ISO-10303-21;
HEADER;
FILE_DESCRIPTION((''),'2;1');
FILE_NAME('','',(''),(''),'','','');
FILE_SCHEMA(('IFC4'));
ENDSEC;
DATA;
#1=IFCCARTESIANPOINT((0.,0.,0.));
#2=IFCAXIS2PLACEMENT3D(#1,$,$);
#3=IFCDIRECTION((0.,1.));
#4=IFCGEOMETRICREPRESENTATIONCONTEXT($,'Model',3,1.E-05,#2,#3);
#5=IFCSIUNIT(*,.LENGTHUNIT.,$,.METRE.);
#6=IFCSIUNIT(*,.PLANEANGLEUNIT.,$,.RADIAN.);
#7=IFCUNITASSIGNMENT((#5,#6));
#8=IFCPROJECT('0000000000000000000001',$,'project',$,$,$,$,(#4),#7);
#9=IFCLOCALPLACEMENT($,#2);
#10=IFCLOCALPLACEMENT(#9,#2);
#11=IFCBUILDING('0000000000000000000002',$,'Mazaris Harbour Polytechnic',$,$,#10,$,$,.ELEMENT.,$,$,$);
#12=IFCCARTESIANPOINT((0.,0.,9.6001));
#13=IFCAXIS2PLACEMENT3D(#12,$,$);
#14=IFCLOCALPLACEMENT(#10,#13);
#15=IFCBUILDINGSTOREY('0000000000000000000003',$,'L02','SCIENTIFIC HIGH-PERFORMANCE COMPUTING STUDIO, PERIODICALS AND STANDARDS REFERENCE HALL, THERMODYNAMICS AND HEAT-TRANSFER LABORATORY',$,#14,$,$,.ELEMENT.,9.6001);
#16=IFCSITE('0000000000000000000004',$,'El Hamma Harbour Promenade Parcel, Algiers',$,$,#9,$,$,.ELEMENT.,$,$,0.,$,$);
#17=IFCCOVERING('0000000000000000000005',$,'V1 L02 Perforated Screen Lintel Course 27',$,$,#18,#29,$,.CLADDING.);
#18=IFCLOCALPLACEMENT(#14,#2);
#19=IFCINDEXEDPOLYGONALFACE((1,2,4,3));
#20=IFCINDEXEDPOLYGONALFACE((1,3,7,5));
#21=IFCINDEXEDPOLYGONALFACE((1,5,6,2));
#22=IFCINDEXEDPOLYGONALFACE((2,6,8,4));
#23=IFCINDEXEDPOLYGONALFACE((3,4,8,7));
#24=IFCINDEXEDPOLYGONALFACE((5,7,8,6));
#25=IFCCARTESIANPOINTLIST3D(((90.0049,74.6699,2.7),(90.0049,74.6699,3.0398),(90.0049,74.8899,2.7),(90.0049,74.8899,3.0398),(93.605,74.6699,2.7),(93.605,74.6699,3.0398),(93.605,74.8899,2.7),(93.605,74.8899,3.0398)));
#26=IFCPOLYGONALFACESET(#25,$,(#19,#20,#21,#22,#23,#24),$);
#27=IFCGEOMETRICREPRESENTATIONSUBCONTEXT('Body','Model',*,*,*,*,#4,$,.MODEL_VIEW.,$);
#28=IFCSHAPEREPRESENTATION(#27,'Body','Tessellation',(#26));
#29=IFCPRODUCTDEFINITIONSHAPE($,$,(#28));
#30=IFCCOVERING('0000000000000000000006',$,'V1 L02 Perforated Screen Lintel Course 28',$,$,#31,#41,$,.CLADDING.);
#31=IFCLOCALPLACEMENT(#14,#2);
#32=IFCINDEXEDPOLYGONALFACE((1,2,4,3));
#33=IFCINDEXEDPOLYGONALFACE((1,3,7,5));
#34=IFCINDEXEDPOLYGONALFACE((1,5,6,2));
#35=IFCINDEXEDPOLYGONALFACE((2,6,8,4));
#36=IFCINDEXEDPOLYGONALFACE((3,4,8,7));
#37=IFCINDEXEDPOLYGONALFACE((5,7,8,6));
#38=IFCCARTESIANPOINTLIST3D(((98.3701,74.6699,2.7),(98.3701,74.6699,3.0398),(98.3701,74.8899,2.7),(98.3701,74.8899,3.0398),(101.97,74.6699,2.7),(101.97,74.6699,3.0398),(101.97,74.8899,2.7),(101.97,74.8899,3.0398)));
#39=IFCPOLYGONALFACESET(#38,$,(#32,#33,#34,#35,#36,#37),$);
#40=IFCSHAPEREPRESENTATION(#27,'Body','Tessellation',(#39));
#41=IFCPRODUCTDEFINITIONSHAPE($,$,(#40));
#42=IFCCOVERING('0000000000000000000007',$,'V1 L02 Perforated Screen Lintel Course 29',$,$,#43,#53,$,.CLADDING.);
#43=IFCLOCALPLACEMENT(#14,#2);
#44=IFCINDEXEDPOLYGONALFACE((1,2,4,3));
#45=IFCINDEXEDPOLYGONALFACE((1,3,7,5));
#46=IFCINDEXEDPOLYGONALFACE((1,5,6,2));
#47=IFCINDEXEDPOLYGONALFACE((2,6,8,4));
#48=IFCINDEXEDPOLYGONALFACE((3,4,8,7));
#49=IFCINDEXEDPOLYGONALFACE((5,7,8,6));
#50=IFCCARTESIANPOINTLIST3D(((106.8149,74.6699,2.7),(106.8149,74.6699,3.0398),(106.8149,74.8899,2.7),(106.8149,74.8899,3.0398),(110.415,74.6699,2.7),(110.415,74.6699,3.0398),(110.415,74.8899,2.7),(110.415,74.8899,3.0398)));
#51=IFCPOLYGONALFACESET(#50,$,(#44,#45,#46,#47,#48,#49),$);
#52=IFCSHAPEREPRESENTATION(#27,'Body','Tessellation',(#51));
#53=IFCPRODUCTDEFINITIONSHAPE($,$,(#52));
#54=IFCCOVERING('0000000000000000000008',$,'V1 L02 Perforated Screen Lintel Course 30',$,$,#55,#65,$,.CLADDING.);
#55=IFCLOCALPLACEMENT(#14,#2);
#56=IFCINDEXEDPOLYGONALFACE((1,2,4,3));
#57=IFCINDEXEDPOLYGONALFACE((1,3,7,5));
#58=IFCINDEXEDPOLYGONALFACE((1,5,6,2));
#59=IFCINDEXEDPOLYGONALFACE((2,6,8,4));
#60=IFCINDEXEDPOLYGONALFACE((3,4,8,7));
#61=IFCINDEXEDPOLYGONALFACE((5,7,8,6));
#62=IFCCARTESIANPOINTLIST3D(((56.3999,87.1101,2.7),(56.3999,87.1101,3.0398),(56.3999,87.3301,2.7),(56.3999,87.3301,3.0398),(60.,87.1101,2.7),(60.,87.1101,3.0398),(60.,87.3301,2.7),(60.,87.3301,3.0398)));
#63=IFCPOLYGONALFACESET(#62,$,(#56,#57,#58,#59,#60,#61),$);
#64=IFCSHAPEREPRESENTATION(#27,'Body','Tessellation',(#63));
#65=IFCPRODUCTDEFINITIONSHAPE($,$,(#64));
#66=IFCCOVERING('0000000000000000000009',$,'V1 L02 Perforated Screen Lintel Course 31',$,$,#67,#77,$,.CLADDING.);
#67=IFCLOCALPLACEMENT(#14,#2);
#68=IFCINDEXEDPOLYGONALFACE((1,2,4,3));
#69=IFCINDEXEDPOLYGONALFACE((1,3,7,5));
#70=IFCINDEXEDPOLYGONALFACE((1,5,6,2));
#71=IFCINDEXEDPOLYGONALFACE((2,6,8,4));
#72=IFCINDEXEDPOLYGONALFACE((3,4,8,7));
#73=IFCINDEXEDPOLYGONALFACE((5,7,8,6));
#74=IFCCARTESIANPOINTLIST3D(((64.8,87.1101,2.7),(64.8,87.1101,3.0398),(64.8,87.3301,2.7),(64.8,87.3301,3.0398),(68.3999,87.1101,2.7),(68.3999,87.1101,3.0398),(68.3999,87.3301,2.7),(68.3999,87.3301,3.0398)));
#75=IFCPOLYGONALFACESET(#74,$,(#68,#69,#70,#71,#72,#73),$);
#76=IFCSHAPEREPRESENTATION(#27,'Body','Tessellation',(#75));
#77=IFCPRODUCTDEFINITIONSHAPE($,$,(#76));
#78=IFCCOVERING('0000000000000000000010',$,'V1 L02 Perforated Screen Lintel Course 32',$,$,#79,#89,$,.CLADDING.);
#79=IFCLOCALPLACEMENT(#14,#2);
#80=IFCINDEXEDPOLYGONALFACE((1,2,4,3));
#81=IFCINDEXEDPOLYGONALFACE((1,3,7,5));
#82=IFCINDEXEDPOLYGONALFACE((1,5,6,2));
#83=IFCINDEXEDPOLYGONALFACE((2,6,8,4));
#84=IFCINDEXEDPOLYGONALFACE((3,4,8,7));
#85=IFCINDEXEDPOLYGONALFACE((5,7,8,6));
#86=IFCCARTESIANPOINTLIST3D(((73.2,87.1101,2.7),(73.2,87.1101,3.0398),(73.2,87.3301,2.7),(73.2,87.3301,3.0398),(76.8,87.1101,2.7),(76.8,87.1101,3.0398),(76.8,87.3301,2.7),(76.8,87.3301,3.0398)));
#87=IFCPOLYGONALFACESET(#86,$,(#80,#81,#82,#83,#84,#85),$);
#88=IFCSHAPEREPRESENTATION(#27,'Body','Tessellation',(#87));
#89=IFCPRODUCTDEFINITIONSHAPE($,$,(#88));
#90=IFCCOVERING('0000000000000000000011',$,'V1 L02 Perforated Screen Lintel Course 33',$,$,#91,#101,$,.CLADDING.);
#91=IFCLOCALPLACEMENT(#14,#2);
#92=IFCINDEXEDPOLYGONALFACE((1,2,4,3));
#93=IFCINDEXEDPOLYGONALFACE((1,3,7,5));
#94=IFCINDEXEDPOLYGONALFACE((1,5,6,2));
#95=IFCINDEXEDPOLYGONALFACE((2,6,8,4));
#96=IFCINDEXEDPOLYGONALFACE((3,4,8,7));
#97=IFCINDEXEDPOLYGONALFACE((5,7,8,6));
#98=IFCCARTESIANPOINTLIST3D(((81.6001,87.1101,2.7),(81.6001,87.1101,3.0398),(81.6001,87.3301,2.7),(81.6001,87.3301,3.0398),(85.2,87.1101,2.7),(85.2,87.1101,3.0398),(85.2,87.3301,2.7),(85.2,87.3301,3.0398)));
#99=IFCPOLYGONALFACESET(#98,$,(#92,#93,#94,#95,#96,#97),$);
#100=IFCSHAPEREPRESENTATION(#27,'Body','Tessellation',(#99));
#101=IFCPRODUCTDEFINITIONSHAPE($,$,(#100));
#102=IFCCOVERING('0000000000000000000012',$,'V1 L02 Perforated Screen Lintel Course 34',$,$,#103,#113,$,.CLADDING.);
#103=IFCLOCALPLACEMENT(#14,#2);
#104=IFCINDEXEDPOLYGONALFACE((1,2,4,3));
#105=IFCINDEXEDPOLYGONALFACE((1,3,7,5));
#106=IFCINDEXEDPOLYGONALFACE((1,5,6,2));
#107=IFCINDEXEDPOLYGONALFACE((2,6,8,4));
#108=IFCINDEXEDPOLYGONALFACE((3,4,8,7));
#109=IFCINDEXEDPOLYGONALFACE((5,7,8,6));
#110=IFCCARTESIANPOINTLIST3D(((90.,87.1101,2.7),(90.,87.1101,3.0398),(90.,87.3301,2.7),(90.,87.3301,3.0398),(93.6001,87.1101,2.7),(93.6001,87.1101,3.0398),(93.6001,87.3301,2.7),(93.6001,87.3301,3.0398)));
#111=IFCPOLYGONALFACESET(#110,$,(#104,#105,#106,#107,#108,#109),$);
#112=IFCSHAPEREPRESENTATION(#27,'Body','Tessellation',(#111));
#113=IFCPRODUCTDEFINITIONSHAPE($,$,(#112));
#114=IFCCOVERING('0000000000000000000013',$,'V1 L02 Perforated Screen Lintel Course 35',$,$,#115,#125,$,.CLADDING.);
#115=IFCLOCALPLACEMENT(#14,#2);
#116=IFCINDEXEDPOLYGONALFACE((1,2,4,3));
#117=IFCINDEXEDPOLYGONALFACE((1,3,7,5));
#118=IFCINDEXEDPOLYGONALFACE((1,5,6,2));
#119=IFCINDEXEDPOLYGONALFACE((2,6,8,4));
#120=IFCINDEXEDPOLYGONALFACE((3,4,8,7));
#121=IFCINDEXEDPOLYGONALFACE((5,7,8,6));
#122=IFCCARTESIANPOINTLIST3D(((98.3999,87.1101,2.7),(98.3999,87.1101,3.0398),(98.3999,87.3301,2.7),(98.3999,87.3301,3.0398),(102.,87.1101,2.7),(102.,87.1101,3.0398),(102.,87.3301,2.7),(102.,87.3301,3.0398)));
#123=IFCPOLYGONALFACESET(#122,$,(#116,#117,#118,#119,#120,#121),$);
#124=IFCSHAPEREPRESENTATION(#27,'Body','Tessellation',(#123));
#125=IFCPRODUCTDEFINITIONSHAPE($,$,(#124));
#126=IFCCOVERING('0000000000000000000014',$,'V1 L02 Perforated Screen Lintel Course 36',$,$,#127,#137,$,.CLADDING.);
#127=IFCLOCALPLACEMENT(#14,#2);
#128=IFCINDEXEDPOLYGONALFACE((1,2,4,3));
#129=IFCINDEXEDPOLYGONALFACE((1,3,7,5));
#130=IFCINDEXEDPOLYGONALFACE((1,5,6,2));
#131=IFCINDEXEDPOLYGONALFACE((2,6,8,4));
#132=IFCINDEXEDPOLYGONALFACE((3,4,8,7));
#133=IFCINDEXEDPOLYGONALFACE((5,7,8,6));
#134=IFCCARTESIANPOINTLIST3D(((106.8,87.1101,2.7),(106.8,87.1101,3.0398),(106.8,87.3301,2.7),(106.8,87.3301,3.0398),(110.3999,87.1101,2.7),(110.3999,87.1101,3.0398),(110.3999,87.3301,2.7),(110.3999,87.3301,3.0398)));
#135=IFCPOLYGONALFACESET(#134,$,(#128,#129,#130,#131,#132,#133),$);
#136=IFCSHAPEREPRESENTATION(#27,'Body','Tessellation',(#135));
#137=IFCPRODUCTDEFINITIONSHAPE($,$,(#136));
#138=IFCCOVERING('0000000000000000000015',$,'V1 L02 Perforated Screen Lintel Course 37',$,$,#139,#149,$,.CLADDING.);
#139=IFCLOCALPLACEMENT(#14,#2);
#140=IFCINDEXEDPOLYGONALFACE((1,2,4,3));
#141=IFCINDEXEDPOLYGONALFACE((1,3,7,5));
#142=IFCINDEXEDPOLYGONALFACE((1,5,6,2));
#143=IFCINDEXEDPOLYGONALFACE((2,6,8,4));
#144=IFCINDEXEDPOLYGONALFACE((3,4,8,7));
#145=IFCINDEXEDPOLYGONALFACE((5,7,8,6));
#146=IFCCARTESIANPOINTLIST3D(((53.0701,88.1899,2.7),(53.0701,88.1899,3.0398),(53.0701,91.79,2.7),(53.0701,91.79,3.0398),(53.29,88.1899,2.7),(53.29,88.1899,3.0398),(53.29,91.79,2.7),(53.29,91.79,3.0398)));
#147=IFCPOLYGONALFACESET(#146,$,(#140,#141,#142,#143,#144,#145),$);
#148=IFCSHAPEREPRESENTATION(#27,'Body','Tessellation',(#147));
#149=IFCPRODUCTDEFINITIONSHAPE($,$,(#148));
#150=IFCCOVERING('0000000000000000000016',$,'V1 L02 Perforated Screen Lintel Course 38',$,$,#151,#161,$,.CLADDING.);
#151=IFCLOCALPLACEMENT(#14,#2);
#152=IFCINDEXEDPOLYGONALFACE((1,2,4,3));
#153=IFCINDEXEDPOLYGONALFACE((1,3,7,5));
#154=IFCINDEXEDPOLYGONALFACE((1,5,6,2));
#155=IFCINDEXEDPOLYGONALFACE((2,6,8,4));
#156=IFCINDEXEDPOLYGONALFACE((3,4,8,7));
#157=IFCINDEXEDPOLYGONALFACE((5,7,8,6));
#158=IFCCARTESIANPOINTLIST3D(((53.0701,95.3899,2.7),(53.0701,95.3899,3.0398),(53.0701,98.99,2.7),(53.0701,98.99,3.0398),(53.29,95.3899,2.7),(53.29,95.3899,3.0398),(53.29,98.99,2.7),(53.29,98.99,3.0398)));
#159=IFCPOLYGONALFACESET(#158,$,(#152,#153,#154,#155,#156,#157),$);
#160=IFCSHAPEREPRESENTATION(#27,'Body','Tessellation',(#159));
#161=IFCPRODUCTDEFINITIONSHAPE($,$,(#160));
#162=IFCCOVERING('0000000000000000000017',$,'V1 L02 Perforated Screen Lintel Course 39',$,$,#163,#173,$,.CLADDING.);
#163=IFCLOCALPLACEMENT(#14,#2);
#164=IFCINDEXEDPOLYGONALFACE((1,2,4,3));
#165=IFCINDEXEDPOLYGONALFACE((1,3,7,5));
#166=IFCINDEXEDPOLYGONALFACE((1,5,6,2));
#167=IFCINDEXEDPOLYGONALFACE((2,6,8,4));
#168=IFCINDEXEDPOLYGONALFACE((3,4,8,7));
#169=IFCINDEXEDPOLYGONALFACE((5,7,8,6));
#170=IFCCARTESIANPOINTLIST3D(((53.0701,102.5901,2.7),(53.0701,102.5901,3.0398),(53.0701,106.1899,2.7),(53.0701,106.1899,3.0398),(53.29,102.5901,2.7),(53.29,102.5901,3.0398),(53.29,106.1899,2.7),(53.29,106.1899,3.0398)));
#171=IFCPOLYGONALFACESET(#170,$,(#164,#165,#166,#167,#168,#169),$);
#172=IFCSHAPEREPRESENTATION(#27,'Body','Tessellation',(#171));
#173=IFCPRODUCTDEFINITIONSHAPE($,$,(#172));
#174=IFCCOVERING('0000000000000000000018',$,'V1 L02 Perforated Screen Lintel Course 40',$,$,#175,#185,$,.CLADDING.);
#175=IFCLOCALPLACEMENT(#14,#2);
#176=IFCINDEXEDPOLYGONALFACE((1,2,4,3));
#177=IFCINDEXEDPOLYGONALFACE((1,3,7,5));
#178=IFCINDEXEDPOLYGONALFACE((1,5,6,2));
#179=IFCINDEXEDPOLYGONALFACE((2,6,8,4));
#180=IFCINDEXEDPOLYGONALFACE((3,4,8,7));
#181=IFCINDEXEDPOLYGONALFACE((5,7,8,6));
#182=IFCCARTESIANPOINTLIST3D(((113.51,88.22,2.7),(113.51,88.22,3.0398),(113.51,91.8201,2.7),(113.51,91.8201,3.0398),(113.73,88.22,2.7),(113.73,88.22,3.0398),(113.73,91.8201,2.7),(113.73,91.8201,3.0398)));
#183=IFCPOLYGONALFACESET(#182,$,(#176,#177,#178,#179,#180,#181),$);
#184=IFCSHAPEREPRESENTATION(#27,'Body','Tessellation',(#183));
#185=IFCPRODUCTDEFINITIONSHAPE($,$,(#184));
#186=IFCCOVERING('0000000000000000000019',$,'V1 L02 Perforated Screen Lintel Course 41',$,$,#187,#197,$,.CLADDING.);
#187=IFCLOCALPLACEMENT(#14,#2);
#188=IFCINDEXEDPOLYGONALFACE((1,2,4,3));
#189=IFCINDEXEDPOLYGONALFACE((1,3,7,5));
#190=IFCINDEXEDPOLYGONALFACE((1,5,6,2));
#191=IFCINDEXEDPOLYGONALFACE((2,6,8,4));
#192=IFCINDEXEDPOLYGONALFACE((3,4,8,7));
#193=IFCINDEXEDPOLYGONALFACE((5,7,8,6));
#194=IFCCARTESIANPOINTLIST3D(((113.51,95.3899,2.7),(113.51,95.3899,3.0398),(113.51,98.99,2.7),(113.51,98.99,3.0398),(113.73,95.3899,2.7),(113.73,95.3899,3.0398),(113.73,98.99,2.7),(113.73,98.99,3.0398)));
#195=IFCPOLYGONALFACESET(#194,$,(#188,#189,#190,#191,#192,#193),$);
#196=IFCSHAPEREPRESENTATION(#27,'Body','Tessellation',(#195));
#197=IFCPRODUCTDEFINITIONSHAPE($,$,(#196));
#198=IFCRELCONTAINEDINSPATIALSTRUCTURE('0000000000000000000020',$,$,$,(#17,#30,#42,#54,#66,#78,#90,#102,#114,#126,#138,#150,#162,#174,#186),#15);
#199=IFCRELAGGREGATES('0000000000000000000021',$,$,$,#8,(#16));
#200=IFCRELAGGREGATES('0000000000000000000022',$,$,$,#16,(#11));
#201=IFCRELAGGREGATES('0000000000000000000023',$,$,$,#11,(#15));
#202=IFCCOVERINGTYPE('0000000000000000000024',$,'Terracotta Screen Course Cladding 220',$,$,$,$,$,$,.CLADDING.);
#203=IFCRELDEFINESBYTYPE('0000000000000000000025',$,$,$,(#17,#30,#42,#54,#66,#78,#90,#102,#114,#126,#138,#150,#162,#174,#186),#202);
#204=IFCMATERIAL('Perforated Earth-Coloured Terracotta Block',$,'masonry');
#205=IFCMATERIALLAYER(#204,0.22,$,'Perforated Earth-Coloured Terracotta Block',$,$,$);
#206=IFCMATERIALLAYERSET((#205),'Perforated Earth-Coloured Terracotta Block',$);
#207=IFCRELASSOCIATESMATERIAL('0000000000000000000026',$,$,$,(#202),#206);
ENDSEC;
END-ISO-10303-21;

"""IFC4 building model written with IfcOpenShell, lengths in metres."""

from ifc_helpers import new_model, si_unit, direction, frame, origin, place, context, subcontext, project, spatial, polyline, outline, extrude, material, layer, layer_set, type_object, element, save


model = new_model("IFC4")

# Units and contexts
model_context = context("Model", 3, precision=1e-05, world=origin(), true_north=direction((0.0, 1.0)))
body_context = subcontext(model_context, "Body", "Model", "MODEL_VIEW")
ifc_project = project(units=[si_unit("LENGTHUNIT", "METRE"), si_unit("PLANEANGLEUNIT", "RADIAN")], contexts=[model_context])

# Site, building, storey
site_placement = place(None, origin())
site = spatial("IfcSite", under=ifc_project, at=site_placement, Name="El Hamma Harbour Promenade Parcel, Algiers", CompositionType="ELEMENT", RefElevation=0.0)
building_placement = place(site_placement, origin())
building = spatial("IfcBuilding", under=site, at=building_placement, Name="Mazaris Harbour Polytechnic", CompositionType="ELEMENT")
storey_placement = place(building_placement, frame((0.0, 0.0, 9.6001)))
storey = spatial("IfcBuildingStorey", under=building, at=storey_placement, Name="L02", Description="SCIENTIFIC HIGH-PERFORMANCE COMPUTING STUDIO, PERIODICALS AND STANDARDS REFERENCE HALL, THERMODYNAMICS AND HEAT-TRANSFER LABORATORY", CompositionType="ELEMENT", Elevation=9.6001)

# Coverings
ifc_material = material(Name="Perforated Earth-Coloured Terracotta Block", Category="masonry")
ifc_layer = layer(ifc_material, 0.22, Name="Perforated Earth-Coloured Terracotta Block")
ifc_layer_set = layer_set([ifc_layer], Name="Perforated Earth-Coloured Terracotta Block")
covering_type = type_object("IfcCoveringType", Name="Terracotta Screen Course Cladding 220", PredefinedType="CLADDING", material=ifc_layer_set)
covering_1_placement = place(storey_placement, frame((0.0, 0.0, 2.7)))
element("IfcCovering", 1, at=covering_1_placement, inside=storey, type_object=covering_type, Name="V1 L02 Perforated Screen Lintel Course 27", PredefinedType="CLADDING", context=body_context, shape_type="SweptSolid", body=[
    extrude(outline(polyline([(93.605, 74.8899), (90.0049, 74.8899), (90.0049, 74.6699), (93.605, 74.6699), (93.605, 74.8899)])), origin(), (0.0, 0.0, 1.0), 0.3398),
])
covering_2_placement = place(storey_placement, frame((0.0, 0.0, 2.7)))
element("IfcCovering", 2, at=covering_2_placement, inside=storey, type_object=covering_type, Name="V1 L02 Perforated Screen Lintel Course 28", PredefinedType="CLADDING", context=body_context, shape_type="SweptSolid", body=[
    extrude(outline(polyline([(101.97, 74.8899), (98.3701, 74.8899), (98.3701, 74.6699), (101.97, 74.6699), (101.97, 74.8899)])), origin(), (0.0, 0.0, 1.0), 0.3398),
])
covering_3_placement = place(storey_placement, frame((0.0, 0.0, 2.7)))
element("IfcCovering", 3, at=covering_3_placement, inside=storey, type_object=covering_type, Name="V1 L02 Perforated Screen Lintel Course 29", PredefinedType="CLADDING", context=body_context, shape_type="SweptSolid", body=[
    extrude(outline(polyline([(110.415, 74.8899), (106.8149, 74.8899), (106.8149, 74.6699), (110.415, 74.6699), (110.415, 74.8899)])), origin(), (0.0, 0.0, 1.0), 0.3398),
])
covering_4_placement = place(storey_placement, frame((0.0, 0.0, 2.7)))
element("IfcCovering", 4, at=covering_4_placement, inside=storey, type_object=covering_type, Name="V1 L02 Perforated Screen Lintel Course 30", PredefinedType="CLADDING", context=body_context, shape_type="SweptSolid", body=[
    extrude(outline(polyline([(56.3999, 87.1101), (60.0, 87.1101), (60.0, 87.3301), (56.3999, 87.3301), (56.3999, 87.1101)])), origin(), (0.0, 0.0, 1.0), 0.3398),
])
covering_5_placement = place(storey_placement, frame((0.0, 0.0, 2.7)))
element("IfcCovering", 5, at=covering_5_placement, inside=storey, type_object=covering_type, Name="V1 L02 Perforated Screen Lintel Course 31", PredefinedType="CLADDING", context=body_context, shape_type="SweptSolid", body=[
    extrude(outline(polyline([(64.8, 87.1101), (68.3999, 87.1101), (68.3999, 87.3301), (64.8, 87.3301), (64.8, 87.1101)])), origin(), (0.0, 0.0, 1.0), 0.3398),
])
covering_6_placement = place(storey_placement, frame((0.0, 0.0, 2.7)))
element("IfcCovering", 6, at=covering_6_placement, inside=storey, type_object=covering_type, Name="V1 L02 Perforated Screen Lintel Course 32", PredefinedType="CLADDING", context=body_context, shape_type="SweptSolid", body=[
    extrude(outline(polyline([(73.2, 87.1101), (76.8, 87.1101), (76.8, 87.3301), (73.2, 87.3301), (73.2, 87.1101)])), origin(), (0.0, 0.0, 1.0), 0.3398),
])
covering_7_placement = place(storey_placement, frame((0.0, 0.0, 2.7)))
element("IfcCovering", 7, at=covering_7_placement, inside=storey, type_object=covering_type, Name="V1 L02 Perforated Screen Lintel Course 33", PredefinedType="CLADDING", context=body_context, shape_type="SweptSolid", body=[
    extrude(outline(polyline([(81.6001, 87.1101), (85.2, 87.1101), (85.2, 87.3301), (81.6001, 87.3301), (81.6001, 87.1101)])), origin(), (0.0, 0.0, 1.0), 0.3398),
])
covering_8_placement = place(storey_placement, frame((0.0, 0.0, 2.7)))
element("IfcCovering", 8, at=covering_8_placement, inside=storey, type_object=covering_type, Name="V1 L02 Perforated Screen Lintel Course 34", PredefinedType="CLADDING", context=body_context, shape_type="SweptSolid", body=[
    extrude(outline(polyline([(90.0, 87.1101), (93.6001, 87.1101), (93.6001, 87.3301), (90.0, 87.3301), (90.0, 87.1101)])), origin(), (0.0, 0.0, 1.0), 0.3398),
])
covering_9_placement = place(storey_placement, frame((0.0, 0.0, 2.7)))
element("IfcCovering", 9, at=covering_9_placement, inside=storey, type_object=covering_type, Name="V1 L02 Perforated Screen Lintel Course 35", PredefinedType="CLADDING", context=body_context, shape_type="SweptSolid", body=[
    extrude(outline(polyline([(98.3999, 87.1101), (102.0, 87.1101), (102.0, 87.3301), (98.3999, 87.3301), (98.3999, 87.1101)])), origin(), (0.0, 0.0, 1.0), 0.3398),
])
covering_10_placement = place(storey_placement, frame((0.0, 0.0, 2.7)))
element("IfcCovering", 10, at=covering_10_placement, inside=storey, type_object=covering_type, Name="V1 L02 Perforated Screen Lintel Course 36", PredefinedType="CLADDING", context=body_context, shape_type="SweptSolid", body=[
    extrude(outline(polyline([(106.8, 87.1101), (110.3999, 87.1101), (110.3999, 87.3301), (106.8, 87.3301), (106.8, 87.1101)])), origin(), (0.0, 0.0, 1.0), 0.3398),
])
covering_11_placement = place(storey_placement, frame((0.0, 0.0, 2.7)))
element("IfcCovering", 11, at=covering_11_placement, inside=storey, type_object=covering_type, Name="V1 L02 Perforated Screen Lintel Course 37", PredefinedType="CLADDING", context=body_context, shape_type="SweptSolid", body=[
    extrude(outline(polyline([(53.29, 88.1899), (53.29, 91.79), (53.0701, 91.79), (53.0701, 88.1899), (53.29, 88.1899)])), origin(), (0.0, 0.0, 1.0), 0.3398),
])
covering_12_placement = place(storey_placement, frame((0.0, 0.0, 2.7)))
element("IfcCovering", 12, at=covering_12_placement, inside=storey, type_object=covering_type, Name="V1 L02 Perforated Screen Lintel Course 38", PredefinedType="CLADDING", context=body_context, shape_type="SweptSolid", body=[
    extrude(outline(polyline([(53.29, 95.3899), (53.29, 98.99), (53.0701, 98.99), (53.0701, 95.3899), (53.29, 95.3899)])), origin(), (0.0, 0.0, 1.0), 0.3398),
])
covering_13_placement = place(storey_placement, frame((0.0, 0.0, 2.7)))
element("IfcCovering", 13, at=covering_13_placement, inside=storey, type_object=covering_type, Name="V1 L02 Perforated Screen Lintel Course 39", PredefinedType="CLADDING", context=body_context, shape_type="SweptSolid", body=[
    extrude(outline(polyline([(53.29, 102.5901), (53.29, 106.1899), (53.0701, 106.1899), (53.0701, 102.5901), (53.29, 102.5901)])), origin(), (0.0, 0.0, 1.0), 0.3398),
])
covering_14_placement = place(storey_placement, frame((0.0, 0.0, 2.7)))
element("IfcCovering", 14, at=covering_14_placement, inside=storey, type_object=covering_type, Name="V1 L02 Perforated Screen Lintel Course 40", PredefinedType="CLADDING", context=body_context, shape_type="SweptSolid", body=[
    extrude(outline(polyline([(113.51, 91.8201), (113.51, 88.22), (113.73, 88.22), (113.73, 91.8201), (113.51, 91.8201)])), origin(), (0.0, 0.0, 1.0), 0.3398),
])
covering_15_placement = place(storey_placement, frame((0.0, 0.0, 2.7)))
element("IfcCovering", 15, at=covering_15_placement, inside=storey, type_object=covering_type, Name="V1 L02 Perforated Screen Lintel Course 41", PredefinedType="CLADDING", context=body_context, shape_type="SweptSolid", body=[
    extrude(outline(polyline([(113.51, 98.99), (113.51, 95.3899), (113.73, 95.3899), (113.73, 98.99), (113.51, 98.99)])), origin(), (0.0, 0.0, 1.0), 0.3398),
])

save(model, "model.ifc")
